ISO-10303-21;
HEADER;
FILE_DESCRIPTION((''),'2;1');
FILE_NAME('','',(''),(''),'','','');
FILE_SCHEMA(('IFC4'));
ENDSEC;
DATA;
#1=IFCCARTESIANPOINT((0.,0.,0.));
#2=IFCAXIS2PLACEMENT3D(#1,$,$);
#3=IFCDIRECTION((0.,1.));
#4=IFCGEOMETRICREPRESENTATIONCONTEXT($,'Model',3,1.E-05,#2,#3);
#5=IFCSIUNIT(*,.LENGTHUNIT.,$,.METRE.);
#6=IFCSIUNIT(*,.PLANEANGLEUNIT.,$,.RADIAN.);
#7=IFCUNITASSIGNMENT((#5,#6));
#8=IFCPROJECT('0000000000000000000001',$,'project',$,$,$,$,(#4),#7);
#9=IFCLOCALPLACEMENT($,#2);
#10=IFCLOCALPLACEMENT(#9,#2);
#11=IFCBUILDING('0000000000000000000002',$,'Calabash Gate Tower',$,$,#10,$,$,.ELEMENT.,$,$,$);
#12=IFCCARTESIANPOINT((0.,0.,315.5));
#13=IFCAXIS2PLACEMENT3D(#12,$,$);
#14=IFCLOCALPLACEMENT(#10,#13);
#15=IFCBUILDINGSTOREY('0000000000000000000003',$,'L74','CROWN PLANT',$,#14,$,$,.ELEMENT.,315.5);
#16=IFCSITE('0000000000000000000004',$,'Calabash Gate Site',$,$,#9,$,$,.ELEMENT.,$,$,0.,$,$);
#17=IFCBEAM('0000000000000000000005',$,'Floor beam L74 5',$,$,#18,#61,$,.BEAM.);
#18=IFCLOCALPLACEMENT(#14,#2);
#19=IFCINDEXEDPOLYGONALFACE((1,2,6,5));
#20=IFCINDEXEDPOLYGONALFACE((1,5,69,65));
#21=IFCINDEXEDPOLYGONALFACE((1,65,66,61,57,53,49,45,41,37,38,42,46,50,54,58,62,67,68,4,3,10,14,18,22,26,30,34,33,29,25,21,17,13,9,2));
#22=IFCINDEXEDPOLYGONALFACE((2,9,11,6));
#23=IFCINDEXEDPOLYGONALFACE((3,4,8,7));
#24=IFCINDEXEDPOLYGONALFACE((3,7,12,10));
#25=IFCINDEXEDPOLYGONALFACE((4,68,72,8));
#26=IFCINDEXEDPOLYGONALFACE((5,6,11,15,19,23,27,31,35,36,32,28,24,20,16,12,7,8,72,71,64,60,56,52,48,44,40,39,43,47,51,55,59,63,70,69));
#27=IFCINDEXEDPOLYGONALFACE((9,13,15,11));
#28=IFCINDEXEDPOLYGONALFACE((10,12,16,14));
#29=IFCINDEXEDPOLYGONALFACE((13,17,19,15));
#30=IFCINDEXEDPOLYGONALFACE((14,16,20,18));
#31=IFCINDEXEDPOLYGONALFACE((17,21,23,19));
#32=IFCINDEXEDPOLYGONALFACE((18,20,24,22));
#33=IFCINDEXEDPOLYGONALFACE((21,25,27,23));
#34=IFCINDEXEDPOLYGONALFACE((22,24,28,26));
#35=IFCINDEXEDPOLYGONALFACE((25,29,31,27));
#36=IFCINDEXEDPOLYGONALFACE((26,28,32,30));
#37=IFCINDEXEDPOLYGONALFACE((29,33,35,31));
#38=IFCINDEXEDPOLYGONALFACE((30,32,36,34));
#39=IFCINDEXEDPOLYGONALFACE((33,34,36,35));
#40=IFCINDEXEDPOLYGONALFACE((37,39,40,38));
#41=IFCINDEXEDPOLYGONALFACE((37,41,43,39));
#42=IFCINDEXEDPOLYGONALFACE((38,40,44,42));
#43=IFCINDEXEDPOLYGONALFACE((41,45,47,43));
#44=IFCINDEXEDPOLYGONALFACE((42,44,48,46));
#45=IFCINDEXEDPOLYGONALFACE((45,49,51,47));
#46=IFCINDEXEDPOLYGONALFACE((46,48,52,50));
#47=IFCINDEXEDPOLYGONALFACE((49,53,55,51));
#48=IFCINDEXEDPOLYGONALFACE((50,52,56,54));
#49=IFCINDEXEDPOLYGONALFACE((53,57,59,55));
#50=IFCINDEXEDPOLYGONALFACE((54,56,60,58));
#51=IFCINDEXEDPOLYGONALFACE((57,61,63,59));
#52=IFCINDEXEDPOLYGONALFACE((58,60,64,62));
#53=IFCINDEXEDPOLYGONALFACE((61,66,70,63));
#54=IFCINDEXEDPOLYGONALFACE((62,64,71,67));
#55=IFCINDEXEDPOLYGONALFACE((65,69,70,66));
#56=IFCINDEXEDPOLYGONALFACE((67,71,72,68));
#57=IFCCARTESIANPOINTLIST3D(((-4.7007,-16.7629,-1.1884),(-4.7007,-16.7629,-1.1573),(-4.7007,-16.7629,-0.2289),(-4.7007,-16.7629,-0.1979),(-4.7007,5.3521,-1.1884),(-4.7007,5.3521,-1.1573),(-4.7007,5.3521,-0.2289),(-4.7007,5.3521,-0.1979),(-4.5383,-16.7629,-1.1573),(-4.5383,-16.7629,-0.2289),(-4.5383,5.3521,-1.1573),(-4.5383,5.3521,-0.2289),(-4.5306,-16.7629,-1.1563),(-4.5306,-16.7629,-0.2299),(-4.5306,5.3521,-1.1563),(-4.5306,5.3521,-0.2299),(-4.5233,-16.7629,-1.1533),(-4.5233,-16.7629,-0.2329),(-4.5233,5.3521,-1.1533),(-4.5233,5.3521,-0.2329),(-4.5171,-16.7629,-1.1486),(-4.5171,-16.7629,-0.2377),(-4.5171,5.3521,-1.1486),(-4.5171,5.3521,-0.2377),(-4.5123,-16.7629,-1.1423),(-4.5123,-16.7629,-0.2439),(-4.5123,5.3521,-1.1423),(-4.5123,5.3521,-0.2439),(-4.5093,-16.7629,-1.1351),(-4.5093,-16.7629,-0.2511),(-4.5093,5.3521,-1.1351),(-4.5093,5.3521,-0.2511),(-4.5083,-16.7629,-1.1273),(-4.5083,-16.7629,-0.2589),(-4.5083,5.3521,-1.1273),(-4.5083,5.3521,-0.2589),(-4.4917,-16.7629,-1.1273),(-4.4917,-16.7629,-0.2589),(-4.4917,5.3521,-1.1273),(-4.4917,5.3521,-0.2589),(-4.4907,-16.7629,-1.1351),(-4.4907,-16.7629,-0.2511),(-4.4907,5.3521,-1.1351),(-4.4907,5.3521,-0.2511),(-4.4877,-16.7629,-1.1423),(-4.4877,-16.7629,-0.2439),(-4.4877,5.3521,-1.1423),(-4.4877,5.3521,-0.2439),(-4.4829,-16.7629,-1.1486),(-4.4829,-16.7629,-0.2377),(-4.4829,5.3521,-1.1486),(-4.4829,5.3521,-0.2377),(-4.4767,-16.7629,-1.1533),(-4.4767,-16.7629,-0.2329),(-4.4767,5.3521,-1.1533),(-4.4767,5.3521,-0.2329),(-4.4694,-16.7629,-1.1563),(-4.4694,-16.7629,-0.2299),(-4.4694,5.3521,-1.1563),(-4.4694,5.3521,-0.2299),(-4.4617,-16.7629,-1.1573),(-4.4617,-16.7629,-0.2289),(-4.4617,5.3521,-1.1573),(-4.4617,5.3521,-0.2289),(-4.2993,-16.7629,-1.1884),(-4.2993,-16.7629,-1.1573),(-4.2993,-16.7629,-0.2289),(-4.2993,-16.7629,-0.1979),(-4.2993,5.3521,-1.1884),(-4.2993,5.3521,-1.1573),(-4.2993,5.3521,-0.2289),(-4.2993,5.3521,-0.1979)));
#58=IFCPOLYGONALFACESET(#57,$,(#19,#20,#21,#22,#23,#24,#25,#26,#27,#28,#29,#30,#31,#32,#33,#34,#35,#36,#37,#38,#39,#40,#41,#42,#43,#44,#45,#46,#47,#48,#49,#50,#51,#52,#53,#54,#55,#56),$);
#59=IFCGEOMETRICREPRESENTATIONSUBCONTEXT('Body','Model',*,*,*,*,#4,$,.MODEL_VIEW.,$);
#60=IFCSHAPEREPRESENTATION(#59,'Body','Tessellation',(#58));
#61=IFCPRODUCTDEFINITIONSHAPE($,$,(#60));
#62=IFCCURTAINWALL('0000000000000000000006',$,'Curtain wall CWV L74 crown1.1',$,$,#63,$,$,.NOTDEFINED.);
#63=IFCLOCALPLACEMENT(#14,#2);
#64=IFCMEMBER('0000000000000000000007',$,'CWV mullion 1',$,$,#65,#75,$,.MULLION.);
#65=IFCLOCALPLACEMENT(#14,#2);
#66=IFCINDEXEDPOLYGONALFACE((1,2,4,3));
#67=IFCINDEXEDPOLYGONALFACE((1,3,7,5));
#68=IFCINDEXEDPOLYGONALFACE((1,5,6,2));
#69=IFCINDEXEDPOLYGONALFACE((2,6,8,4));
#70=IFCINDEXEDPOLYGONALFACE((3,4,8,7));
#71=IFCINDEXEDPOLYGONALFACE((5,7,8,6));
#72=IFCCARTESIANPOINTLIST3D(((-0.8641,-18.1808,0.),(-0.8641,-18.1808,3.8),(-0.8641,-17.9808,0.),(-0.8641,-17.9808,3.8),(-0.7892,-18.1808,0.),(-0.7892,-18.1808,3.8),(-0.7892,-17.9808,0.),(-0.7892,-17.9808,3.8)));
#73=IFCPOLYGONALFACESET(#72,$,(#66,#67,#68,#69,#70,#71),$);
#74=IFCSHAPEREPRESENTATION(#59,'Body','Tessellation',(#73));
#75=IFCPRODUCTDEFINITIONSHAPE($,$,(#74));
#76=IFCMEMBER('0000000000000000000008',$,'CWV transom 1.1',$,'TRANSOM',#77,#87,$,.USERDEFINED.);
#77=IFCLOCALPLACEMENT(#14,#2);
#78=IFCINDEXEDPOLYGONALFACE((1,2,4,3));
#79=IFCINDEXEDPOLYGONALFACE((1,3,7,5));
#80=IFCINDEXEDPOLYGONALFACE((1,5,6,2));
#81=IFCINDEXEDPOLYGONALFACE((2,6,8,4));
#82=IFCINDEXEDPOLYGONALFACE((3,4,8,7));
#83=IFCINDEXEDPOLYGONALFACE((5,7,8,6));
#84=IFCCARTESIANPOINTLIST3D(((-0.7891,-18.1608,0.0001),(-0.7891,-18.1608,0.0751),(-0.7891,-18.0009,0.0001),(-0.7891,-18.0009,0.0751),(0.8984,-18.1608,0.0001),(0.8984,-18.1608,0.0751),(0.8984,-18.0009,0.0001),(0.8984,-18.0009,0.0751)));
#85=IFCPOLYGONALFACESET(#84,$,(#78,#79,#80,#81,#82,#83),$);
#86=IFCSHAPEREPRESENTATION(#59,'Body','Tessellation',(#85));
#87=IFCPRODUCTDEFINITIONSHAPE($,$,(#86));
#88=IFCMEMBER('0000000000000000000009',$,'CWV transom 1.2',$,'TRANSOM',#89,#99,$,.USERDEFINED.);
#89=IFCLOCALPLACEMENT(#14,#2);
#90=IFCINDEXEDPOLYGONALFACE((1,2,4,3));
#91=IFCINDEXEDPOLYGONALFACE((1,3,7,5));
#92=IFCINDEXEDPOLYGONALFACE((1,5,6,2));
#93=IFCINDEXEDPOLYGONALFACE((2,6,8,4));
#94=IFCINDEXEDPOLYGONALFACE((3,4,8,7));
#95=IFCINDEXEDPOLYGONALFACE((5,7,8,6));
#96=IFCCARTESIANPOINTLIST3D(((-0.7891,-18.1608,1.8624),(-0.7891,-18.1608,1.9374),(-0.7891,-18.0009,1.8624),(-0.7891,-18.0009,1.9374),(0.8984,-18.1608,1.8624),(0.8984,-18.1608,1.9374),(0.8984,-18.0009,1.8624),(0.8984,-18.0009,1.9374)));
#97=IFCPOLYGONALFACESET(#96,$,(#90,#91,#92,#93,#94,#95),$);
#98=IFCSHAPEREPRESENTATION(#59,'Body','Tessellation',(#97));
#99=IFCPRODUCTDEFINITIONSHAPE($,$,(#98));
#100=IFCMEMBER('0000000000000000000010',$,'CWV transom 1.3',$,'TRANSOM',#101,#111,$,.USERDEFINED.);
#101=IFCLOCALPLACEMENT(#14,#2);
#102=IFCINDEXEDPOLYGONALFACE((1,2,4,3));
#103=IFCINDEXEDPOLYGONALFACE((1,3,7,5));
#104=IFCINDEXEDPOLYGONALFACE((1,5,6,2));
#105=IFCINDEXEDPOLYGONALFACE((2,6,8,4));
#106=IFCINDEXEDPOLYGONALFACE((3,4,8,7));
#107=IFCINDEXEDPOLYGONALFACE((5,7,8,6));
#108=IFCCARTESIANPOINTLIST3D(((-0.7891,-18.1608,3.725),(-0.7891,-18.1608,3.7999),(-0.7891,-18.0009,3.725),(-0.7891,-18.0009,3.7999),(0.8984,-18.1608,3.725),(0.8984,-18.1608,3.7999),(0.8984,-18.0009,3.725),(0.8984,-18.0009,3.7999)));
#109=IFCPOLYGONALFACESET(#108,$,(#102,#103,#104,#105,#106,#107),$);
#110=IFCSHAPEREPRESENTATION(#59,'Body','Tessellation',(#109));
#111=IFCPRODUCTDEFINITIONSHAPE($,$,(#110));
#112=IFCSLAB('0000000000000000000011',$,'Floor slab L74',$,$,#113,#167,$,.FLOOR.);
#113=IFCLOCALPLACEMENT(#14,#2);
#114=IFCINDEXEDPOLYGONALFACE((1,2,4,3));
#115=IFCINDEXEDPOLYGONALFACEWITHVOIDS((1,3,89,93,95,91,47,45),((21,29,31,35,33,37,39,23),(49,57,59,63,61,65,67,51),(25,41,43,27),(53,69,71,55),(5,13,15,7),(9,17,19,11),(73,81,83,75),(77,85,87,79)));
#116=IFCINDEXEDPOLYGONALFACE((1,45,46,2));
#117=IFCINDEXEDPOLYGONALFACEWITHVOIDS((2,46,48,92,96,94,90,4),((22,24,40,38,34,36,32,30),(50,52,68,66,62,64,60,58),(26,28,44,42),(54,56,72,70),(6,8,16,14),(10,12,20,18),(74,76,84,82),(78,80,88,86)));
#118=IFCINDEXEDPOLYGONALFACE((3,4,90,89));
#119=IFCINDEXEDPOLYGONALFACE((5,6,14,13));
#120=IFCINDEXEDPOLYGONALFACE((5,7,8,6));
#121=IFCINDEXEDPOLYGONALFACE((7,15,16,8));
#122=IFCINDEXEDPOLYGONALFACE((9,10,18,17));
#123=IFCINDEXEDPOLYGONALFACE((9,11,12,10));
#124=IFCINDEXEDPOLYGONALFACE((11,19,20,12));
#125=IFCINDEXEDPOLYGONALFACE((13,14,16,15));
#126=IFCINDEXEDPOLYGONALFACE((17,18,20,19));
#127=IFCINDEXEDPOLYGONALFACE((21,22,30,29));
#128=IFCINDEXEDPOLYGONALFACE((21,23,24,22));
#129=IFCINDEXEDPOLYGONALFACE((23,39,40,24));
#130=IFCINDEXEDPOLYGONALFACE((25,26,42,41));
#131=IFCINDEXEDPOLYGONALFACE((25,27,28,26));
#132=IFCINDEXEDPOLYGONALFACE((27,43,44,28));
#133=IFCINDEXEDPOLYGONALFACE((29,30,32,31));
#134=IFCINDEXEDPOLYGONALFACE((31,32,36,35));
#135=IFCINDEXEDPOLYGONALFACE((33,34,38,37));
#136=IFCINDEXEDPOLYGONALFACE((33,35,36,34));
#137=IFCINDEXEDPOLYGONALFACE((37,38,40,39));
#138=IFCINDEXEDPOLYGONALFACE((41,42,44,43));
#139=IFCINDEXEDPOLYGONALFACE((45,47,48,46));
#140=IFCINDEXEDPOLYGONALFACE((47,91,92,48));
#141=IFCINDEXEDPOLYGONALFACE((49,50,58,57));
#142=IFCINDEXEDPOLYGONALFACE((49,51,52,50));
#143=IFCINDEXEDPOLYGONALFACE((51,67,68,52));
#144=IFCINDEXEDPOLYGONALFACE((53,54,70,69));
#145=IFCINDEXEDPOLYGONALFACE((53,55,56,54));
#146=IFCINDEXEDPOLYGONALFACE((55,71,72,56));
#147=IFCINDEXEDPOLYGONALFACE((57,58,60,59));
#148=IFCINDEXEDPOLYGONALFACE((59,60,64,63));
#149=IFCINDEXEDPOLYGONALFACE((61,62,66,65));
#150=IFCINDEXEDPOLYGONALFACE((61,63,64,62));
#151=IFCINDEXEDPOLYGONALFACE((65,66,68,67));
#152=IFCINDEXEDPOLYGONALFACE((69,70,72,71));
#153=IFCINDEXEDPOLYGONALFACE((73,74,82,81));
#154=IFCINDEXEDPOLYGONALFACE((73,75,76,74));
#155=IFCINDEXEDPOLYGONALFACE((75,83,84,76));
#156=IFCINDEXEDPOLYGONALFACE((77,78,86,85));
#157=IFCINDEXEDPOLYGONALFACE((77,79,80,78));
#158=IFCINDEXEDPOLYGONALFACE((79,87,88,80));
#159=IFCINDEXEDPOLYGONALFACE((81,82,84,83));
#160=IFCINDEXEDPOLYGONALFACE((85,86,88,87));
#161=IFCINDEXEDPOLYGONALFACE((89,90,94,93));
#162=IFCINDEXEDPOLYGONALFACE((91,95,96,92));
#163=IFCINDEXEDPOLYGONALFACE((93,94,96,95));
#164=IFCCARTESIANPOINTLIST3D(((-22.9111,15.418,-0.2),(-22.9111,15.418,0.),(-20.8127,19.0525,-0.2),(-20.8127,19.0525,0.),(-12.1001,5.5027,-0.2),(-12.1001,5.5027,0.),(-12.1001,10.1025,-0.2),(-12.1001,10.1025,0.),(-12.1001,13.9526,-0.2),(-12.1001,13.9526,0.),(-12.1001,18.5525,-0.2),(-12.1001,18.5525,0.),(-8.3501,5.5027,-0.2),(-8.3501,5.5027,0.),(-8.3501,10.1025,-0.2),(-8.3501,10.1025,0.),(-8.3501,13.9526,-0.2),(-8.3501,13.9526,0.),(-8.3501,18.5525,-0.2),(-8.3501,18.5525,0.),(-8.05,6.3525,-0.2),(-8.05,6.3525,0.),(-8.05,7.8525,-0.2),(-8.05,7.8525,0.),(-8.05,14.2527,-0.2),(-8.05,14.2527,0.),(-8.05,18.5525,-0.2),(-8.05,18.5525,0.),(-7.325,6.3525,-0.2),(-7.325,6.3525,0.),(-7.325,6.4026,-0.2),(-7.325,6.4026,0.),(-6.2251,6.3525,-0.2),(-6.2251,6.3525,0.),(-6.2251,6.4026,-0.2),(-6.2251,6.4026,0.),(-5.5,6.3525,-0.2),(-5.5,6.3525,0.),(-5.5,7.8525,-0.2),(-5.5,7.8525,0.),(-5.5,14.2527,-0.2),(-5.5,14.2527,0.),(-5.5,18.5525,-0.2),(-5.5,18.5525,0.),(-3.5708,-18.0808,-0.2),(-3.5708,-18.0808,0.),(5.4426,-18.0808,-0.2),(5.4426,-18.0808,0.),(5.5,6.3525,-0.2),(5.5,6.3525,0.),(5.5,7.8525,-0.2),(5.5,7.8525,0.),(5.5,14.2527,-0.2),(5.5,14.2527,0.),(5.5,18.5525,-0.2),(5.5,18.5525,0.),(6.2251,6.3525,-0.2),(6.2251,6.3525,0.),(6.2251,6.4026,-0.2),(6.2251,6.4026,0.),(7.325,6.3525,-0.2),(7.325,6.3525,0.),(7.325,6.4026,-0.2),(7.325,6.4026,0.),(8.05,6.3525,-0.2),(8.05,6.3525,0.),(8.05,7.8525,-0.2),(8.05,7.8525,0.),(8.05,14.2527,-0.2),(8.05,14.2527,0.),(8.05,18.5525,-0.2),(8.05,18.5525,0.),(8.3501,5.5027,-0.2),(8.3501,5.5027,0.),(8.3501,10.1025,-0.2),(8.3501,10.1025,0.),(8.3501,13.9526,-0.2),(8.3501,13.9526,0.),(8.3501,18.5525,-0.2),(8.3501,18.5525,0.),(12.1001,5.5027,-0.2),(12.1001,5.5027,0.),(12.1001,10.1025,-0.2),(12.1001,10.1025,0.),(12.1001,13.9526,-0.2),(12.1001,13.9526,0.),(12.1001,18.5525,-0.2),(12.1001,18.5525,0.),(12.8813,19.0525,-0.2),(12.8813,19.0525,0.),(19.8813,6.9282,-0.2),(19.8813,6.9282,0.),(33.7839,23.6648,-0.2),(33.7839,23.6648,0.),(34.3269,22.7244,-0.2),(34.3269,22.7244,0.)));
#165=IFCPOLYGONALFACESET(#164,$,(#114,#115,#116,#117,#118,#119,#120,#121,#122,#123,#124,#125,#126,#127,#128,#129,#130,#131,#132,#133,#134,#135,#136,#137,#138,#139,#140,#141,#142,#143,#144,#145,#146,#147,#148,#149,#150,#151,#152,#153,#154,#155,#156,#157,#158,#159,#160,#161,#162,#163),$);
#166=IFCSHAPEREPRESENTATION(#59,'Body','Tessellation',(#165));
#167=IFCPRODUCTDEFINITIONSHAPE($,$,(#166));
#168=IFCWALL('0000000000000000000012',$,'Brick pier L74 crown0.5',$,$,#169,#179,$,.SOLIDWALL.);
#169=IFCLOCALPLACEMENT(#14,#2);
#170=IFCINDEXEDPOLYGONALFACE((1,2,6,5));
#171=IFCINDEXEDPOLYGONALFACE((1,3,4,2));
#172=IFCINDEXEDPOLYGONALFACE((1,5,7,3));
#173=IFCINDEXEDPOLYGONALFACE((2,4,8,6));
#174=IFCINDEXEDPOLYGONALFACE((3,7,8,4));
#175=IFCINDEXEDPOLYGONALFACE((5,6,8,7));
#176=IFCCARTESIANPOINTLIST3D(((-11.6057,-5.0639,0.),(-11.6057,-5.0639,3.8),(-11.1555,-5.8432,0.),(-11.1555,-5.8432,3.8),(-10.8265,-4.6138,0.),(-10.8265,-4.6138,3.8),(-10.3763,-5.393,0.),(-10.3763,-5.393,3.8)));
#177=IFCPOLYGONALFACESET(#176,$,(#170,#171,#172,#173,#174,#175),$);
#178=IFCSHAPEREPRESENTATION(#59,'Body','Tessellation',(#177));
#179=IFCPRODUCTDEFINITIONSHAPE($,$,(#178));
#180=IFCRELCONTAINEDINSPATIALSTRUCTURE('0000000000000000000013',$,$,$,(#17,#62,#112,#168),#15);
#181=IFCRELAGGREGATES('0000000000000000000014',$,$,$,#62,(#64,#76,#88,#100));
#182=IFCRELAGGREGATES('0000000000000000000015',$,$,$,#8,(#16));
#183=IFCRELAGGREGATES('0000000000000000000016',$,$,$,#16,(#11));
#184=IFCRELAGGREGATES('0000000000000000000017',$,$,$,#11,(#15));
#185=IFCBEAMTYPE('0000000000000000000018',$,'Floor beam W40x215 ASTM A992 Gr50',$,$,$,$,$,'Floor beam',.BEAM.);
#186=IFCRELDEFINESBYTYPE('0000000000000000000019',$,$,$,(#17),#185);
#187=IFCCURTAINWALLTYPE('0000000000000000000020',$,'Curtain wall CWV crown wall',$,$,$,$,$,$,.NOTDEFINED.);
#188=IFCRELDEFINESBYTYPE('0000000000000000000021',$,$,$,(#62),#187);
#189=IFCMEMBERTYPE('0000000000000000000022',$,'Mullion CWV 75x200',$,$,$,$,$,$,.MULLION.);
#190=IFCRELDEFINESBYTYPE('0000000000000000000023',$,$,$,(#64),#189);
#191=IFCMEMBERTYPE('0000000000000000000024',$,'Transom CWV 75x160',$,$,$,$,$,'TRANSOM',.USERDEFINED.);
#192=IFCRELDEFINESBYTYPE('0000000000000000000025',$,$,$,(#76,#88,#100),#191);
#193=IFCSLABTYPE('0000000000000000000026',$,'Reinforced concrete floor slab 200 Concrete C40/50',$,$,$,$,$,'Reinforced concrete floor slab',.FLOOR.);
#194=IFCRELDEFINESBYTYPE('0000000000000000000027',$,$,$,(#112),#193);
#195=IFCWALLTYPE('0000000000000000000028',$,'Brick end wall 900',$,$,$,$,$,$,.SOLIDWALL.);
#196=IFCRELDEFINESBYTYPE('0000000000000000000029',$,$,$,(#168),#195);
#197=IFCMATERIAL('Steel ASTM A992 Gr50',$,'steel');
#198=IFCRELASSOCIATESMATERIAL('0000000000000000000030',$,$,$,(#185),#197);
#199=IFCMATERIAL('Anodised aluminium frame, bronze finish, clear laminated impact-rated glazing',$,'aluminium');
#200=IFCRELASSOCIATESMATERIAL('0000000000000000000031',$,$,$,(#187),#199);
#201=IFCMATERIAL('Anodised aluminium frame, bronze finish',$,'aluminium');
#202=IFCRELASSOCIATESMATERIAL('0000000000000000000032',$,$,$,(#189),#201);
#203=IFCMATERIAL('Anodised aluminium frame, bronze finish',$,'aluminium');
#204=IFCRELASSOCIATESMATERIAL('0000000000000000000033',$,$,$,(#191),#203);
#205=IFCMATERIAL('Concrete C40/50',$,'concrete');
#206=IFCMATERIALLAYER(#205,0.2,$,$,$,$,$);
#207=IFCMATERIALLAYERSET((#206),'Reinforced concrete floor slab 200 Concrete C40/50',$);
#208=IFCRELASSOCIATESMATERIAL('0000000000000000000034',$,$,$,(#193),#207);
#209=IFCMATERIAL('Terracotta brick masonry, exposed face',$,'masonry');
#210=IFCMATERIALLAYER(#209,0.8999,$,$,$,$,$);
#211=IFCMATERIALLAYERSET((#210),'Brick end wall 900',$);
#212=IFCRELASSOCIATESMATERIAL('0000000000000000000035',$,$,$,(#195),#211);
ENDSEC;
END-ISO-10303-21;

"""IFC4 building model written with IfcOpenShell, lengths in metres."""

from ifc_helpers import new_model, si_unit, direction, frame, frame_2d, origin, origin_2d, place, context, subcontext, project, spatial, polyline, rectangle, i_section, outline, extrude, material, layer, layer_set, material_profile, profile_set, type_object, element, aggregate, save


model = new_model("IFC4")

# Units and contexts
model_context = context("Model", 3, precision=1e-05, world=origin(), true_north=direction((0.0, 1.0)))
body_context = subcontext(model_context, "Body", "Model", "MODEL_VIEW")
ifc_project = project(units=[si_unit("LENGTHUNIT", "METRE"), si_unit("PLANEANGLEUNIT", "RADIAN")], contexts=[model_context])

# Site, building, storey
site_placement = place(None, origin())
site = spatial("IfcSite", under=ifc_project, at=site_placement, Name="Calabash Gate Site", CompositionType="ELEMENT", RefElevation=0.0)
building_placement = place(site_placement, origin())
building = spatial("IfcBuilding", under=site, at=building_placement, Name="Calabash Gate Tower", CompositionType="ELEMENT")
storey_placement = place(building_placement, frame((0.0, 0.0, 315.5)))
storey = spatial("IfcBuildingStorey", under=building, at=storey_placement, Name="L74", Description="CROWN PLANT", CompositionType="ELEMENT", Elevation=315.5)

# Beam
ifc_material_1 = material(Name="Steel ASTM A992 Gr50", Category="steel")
ifc_material_profile_1 = material_profile(ifc_material_1, i_section(OverallWidth=0.4014, OverallDepth=0.9905, WebThickness=0.0166, FlangeThickness=0.031, FilletRadius=0.03, at=origin_2d()))
ifc_profile_set_1 = profile_set([ifc_material_profile_1], Name="Steel ASTM A992 Gr50")
beam_type_1 = type_object("IfcBeamType", Name="Floor beam W40x215 ASTM A992 Gr50", ElementType="Floor beam", PredefinedType="BEAM", material=ifc_profile_set_1)
beam_1_placement = place(storey_placement, frame((-4.5, -16.7629, -0.6931), z_axis=(0.0, 1.0, 0.0), x_axis=(-1.0, 0.0, 0.0)))
element("IfcBeam", 1, at=beam_1_placement, inside=storey, type_object=beam_type_1, Name="Floor beam L74 5", PredefinedType="BEAM", context=body_context, shape_type="SweptSolid", body=[
    extrude(i_section(OverallWidth=0.4014, OverallDepth=0.9905, WebThickness=0.0166, FlangeThickness=0.031, FilletRadius=0.03, at=origin_2d()), origin(), (0.0, 0.0, 1.0), 22.115),
])

# Curtain wall, members
ifc_material_2 = material(Name="Anodised aluminium frame, bronze finish, clear laminated impact-rated glazing", Category="aluminium")
curtain_wall_type = type_object("IfcCurtainWallType", Name="Curtain wall CWV crown wall", PredefinedType="NOTDEFINED", material=ifc_material_2)
curtain_wall_placement = place(storey_placement, origin())
curtain_wall = element("IfcCurtainWall", 2, at=curtain_wall_placement, inside=storey, type_object=curtain_wall_type, Name="Curtain wall CWV L74 crown1.1", PredefinedType="NOTDEFINED")
ifc_material_3 = material(Name="Anodised aluminium frame, bronze finish", Category="aluminium")
ifc_material_profile_2 = material_profile(ifc_material_3, rectangle(XDim=0.2, YDim=0.075, at=origin_2d()))
ifc_profile_set_2 = profile_set([ifc_material_profile_2], Name="Anodised aluminium frame, bronze finish")
member_type_1 = type_object("IfcMemberType", Name="Mullion CWV 75x200", PredefinedType="MULLION", material=ifc_profile_set_2)
member_1_placement = place(storey_placement, frame((-0.8267, -18.0808, 0.0), z_axis=(0.0, 0.0, 1.0), x_axis=(0.0, 1.0, 0.0)))
member_1 = element("IfcMember", 3, at=member_1_placement, type_object=member_type_1, Name="CWV mullion 1", PredefinedType="MULLION", context=body_context, shape_type="SweptSolid", body=[
    extrude(rectangle(XDim=0.2, YDim=0.075, at=origin_2d()), origin(), (0.0, 0.0, 1.0), 3.8),
])
ifc_material_4 = material(Name="Anodised aluminium frame, bronze finish", Category="aluminium")
ifc_material_profile_3 = material_profile(ifc_material_4, rectangle(XDim=0.1599, YDim=0.075, at=origin_2d()))
ifc_profile_set_3 = profile_set([ifc_material_profile_3], Name="Anodised aluminium frame, bronze finish")
member_type_2 = type_object("IfcMemberType", Name="Transom CWV 75x160", ElementType="TRANSOM", PredefinedType="USERDEFINED", material=ifc_profile_set_3)
member_2_placement = place(storey_placement, frame((-0.7891, -18.0808, 0.0376), z_axis=(1.0, 0.0, 0.0), x_axis=(0.0, 1.0, 0.0)))
member_2 = element("IfcMember", 4, at=member_2_placement, type_object=member_type_2, Name="CWV transom 1.1", ObjectType="TRANSOM", PredefinedType="USERDEFINED", context=body_context, shape_type="SweptSolid", body=[
    extrude(rectangle(XDim=0.1599, YDim=0.075, at=origin_2d()), origin(), (0.0, 0.0, 1.0), 1.6875),
])
member_3_placement = place(storey_placement, frame((-0.7891, -18.0808, 1.8999), z_axis=(1.0, 0.0, 0.0), x_axis=(0.0, 1.0, 0.0)))
member_3 = element("IfcMember", 5, at=member_3_placement, type_object=member_type_2, Name="CWV transom 1.2", ObjectType="TRANSOM", PredefinedType="USERDEFINED", context=body_context, shape_type="SweptSolid", body=[
    extrude(rectangle(XDim=0.1599, YDim=0.075, at=origin_2d()), origin(), (0.0, 0.0, 1.0), 1.6875),
])
member_4_placement = place(storey_placement, frame((-0.7891, -18.0808, 3.7625), z_axis=(1.0, 0.0, 0.0), x_axis=(0.0, 1.0, 0.0)))
member_4 = element("IfcMember", 6, at=member_4_placement, type_object=member_type_2, Name="CWV transom 1.3", ObjectType="TRANSOM", PredefinedType="USERDEFINED", context=body_context, shape_type="SweptSolid", body=[
    extrude(rectangle(XDim=0.1599, YDim=0.075, at=origin_2d()), origin(), (0.0, 0.0, 1.0), 1.6875),
])
aggregate(curtain_wall, [member_1, member_2, member_3, member_4])

# Slab
ifc_material_5 = material(Name="Concrete C40/50", Category="concrete")
ifc_layer_1 = layer(ifc_material_5, 0.2)
ifc_layer_set_1 = layer_set([ifc_layer_1], Name="Reinforced concrete floor slab 200 Concrete C40/50")
slab_type = type_object("IfcSlabType", Name="Reinforced concrete floor slab 200 Concrete C40/50", ElementType="Reinforced concrete floor slab", PredefinedType="FLOOR", material=ifc_layer_set_1)
slab_placement = place(storey_placement, frame((0.0, 0.0, -0.2)))
element("IfcSlab", 7, at=slab_placement, inside=storey, type_object=slab_type, Name="Floor slab L74", PredefinedType="FLOOR", context=body_context, shape_type="SweptSolid", body=[
    extrude(outline(polyline([(-22.9111, 15.418), (-20.8127, 19.0525), (12.8813, 19.0525), (33.7839, 23.6648), (34.3269, 22.7244), (19.8813, 6.9282), (5.4426, -18.0808), (-3.5708, -18.0808), (-22.9111, 15.418)]), holes=[polyline([(-8.05, 18.5525), (-8.05, 14.2527), (-5.5, 14.2527), (-5.5, 18.5525), (-8.05, 18.5525)]), polyline([(8.05, 18.5525), (5.5, 18.5525), (5.5, 14.2527), (8.05, 14.2527), (8.05, 18.5525)]), polyline([(-8.3501, 18.5525), (-12.1001, 18.5525), (-12.1001, 13.9526), (-8.3501, 13.9526), (-8.3501, 18.5525)]), polyline([(-12.1001, 10.1025), (-12.1001, 5.5027), (-8.3501, 5.5027), (-8.3501, 10.1025), (-12.1001, 10.1025)]), polyline([(8.3501, 13.9526), (12.1001, 13.9526), (12.1001, 18.5525), (8.3501, 18.5525), (8.3501, 13.9526)]), polyline([(12.1001, 5.5027), (12.1001, 10.1025), (8.3501, 10.1025), (8.3501, 5.5027), (12.1001, 5.5027)]), polyline([(-7.325, 6.3525), (-7.325, 6.4026), (-6.2251, 6.4026), (-6.2251, 6.3525), (-5.5, 6.3525), (-5.5, 7.8525), (-8.05, 7.8525), (-8.05, 6.3525), (-7.325, 6.3525)]), polyline([(5.5, 6.3525), (6.2251, 6.3525), (6.2251, 6.4026), (7.325, 6.4026), (7.325, 6.3525), (8.05, 6.3525), (8.05, 7.8525), (5.5, 7.8525), (5.5, 6.3525)])]), origin(), (0.0, 0.0, 1.0), 0.2),
])

# Wall
ifc_material_6 = material(Name="Terracotta brick masonry, exposed face", Category="masonry")
ifc_layer_2 = layer(ifc_material_6, 0.8999)
ifc_layer_set_2 = layer_set([ifc_layer_2], Name="Brick end wall 900")
wall_type_1 = type_object("IfcWallType", Name="Brick end wall 900", PredefinedType="SOLIDWALL", material=ifc_layer_set_2)
for number, where, z_axis, x_axis, name in (
    (8, (-11.2161, -4.8389, 0.0), (0.0, 0.0, 1.0), (0.500223, -0.865896, 0.0), "Brick pier L74 crown0.5"),
):
    element("IfcWall", number, at=place(storey_placement, frame(where, z_axis=z_axis, x_axis=x_axis)), inside=storey, type_object=wall_type_1, Name=name, PredefinedType="SOLIDWALL", context=body_context, shape_type="SweptSolid", body=[
        extrude(rectangle(XDim=0.8999, YDim=0.8999, at=frame_2d((0.45, 0.0))), origin(), (0.0, 0.0, 1.0), 3.8),
    ])

save(model, "model.ifc")
